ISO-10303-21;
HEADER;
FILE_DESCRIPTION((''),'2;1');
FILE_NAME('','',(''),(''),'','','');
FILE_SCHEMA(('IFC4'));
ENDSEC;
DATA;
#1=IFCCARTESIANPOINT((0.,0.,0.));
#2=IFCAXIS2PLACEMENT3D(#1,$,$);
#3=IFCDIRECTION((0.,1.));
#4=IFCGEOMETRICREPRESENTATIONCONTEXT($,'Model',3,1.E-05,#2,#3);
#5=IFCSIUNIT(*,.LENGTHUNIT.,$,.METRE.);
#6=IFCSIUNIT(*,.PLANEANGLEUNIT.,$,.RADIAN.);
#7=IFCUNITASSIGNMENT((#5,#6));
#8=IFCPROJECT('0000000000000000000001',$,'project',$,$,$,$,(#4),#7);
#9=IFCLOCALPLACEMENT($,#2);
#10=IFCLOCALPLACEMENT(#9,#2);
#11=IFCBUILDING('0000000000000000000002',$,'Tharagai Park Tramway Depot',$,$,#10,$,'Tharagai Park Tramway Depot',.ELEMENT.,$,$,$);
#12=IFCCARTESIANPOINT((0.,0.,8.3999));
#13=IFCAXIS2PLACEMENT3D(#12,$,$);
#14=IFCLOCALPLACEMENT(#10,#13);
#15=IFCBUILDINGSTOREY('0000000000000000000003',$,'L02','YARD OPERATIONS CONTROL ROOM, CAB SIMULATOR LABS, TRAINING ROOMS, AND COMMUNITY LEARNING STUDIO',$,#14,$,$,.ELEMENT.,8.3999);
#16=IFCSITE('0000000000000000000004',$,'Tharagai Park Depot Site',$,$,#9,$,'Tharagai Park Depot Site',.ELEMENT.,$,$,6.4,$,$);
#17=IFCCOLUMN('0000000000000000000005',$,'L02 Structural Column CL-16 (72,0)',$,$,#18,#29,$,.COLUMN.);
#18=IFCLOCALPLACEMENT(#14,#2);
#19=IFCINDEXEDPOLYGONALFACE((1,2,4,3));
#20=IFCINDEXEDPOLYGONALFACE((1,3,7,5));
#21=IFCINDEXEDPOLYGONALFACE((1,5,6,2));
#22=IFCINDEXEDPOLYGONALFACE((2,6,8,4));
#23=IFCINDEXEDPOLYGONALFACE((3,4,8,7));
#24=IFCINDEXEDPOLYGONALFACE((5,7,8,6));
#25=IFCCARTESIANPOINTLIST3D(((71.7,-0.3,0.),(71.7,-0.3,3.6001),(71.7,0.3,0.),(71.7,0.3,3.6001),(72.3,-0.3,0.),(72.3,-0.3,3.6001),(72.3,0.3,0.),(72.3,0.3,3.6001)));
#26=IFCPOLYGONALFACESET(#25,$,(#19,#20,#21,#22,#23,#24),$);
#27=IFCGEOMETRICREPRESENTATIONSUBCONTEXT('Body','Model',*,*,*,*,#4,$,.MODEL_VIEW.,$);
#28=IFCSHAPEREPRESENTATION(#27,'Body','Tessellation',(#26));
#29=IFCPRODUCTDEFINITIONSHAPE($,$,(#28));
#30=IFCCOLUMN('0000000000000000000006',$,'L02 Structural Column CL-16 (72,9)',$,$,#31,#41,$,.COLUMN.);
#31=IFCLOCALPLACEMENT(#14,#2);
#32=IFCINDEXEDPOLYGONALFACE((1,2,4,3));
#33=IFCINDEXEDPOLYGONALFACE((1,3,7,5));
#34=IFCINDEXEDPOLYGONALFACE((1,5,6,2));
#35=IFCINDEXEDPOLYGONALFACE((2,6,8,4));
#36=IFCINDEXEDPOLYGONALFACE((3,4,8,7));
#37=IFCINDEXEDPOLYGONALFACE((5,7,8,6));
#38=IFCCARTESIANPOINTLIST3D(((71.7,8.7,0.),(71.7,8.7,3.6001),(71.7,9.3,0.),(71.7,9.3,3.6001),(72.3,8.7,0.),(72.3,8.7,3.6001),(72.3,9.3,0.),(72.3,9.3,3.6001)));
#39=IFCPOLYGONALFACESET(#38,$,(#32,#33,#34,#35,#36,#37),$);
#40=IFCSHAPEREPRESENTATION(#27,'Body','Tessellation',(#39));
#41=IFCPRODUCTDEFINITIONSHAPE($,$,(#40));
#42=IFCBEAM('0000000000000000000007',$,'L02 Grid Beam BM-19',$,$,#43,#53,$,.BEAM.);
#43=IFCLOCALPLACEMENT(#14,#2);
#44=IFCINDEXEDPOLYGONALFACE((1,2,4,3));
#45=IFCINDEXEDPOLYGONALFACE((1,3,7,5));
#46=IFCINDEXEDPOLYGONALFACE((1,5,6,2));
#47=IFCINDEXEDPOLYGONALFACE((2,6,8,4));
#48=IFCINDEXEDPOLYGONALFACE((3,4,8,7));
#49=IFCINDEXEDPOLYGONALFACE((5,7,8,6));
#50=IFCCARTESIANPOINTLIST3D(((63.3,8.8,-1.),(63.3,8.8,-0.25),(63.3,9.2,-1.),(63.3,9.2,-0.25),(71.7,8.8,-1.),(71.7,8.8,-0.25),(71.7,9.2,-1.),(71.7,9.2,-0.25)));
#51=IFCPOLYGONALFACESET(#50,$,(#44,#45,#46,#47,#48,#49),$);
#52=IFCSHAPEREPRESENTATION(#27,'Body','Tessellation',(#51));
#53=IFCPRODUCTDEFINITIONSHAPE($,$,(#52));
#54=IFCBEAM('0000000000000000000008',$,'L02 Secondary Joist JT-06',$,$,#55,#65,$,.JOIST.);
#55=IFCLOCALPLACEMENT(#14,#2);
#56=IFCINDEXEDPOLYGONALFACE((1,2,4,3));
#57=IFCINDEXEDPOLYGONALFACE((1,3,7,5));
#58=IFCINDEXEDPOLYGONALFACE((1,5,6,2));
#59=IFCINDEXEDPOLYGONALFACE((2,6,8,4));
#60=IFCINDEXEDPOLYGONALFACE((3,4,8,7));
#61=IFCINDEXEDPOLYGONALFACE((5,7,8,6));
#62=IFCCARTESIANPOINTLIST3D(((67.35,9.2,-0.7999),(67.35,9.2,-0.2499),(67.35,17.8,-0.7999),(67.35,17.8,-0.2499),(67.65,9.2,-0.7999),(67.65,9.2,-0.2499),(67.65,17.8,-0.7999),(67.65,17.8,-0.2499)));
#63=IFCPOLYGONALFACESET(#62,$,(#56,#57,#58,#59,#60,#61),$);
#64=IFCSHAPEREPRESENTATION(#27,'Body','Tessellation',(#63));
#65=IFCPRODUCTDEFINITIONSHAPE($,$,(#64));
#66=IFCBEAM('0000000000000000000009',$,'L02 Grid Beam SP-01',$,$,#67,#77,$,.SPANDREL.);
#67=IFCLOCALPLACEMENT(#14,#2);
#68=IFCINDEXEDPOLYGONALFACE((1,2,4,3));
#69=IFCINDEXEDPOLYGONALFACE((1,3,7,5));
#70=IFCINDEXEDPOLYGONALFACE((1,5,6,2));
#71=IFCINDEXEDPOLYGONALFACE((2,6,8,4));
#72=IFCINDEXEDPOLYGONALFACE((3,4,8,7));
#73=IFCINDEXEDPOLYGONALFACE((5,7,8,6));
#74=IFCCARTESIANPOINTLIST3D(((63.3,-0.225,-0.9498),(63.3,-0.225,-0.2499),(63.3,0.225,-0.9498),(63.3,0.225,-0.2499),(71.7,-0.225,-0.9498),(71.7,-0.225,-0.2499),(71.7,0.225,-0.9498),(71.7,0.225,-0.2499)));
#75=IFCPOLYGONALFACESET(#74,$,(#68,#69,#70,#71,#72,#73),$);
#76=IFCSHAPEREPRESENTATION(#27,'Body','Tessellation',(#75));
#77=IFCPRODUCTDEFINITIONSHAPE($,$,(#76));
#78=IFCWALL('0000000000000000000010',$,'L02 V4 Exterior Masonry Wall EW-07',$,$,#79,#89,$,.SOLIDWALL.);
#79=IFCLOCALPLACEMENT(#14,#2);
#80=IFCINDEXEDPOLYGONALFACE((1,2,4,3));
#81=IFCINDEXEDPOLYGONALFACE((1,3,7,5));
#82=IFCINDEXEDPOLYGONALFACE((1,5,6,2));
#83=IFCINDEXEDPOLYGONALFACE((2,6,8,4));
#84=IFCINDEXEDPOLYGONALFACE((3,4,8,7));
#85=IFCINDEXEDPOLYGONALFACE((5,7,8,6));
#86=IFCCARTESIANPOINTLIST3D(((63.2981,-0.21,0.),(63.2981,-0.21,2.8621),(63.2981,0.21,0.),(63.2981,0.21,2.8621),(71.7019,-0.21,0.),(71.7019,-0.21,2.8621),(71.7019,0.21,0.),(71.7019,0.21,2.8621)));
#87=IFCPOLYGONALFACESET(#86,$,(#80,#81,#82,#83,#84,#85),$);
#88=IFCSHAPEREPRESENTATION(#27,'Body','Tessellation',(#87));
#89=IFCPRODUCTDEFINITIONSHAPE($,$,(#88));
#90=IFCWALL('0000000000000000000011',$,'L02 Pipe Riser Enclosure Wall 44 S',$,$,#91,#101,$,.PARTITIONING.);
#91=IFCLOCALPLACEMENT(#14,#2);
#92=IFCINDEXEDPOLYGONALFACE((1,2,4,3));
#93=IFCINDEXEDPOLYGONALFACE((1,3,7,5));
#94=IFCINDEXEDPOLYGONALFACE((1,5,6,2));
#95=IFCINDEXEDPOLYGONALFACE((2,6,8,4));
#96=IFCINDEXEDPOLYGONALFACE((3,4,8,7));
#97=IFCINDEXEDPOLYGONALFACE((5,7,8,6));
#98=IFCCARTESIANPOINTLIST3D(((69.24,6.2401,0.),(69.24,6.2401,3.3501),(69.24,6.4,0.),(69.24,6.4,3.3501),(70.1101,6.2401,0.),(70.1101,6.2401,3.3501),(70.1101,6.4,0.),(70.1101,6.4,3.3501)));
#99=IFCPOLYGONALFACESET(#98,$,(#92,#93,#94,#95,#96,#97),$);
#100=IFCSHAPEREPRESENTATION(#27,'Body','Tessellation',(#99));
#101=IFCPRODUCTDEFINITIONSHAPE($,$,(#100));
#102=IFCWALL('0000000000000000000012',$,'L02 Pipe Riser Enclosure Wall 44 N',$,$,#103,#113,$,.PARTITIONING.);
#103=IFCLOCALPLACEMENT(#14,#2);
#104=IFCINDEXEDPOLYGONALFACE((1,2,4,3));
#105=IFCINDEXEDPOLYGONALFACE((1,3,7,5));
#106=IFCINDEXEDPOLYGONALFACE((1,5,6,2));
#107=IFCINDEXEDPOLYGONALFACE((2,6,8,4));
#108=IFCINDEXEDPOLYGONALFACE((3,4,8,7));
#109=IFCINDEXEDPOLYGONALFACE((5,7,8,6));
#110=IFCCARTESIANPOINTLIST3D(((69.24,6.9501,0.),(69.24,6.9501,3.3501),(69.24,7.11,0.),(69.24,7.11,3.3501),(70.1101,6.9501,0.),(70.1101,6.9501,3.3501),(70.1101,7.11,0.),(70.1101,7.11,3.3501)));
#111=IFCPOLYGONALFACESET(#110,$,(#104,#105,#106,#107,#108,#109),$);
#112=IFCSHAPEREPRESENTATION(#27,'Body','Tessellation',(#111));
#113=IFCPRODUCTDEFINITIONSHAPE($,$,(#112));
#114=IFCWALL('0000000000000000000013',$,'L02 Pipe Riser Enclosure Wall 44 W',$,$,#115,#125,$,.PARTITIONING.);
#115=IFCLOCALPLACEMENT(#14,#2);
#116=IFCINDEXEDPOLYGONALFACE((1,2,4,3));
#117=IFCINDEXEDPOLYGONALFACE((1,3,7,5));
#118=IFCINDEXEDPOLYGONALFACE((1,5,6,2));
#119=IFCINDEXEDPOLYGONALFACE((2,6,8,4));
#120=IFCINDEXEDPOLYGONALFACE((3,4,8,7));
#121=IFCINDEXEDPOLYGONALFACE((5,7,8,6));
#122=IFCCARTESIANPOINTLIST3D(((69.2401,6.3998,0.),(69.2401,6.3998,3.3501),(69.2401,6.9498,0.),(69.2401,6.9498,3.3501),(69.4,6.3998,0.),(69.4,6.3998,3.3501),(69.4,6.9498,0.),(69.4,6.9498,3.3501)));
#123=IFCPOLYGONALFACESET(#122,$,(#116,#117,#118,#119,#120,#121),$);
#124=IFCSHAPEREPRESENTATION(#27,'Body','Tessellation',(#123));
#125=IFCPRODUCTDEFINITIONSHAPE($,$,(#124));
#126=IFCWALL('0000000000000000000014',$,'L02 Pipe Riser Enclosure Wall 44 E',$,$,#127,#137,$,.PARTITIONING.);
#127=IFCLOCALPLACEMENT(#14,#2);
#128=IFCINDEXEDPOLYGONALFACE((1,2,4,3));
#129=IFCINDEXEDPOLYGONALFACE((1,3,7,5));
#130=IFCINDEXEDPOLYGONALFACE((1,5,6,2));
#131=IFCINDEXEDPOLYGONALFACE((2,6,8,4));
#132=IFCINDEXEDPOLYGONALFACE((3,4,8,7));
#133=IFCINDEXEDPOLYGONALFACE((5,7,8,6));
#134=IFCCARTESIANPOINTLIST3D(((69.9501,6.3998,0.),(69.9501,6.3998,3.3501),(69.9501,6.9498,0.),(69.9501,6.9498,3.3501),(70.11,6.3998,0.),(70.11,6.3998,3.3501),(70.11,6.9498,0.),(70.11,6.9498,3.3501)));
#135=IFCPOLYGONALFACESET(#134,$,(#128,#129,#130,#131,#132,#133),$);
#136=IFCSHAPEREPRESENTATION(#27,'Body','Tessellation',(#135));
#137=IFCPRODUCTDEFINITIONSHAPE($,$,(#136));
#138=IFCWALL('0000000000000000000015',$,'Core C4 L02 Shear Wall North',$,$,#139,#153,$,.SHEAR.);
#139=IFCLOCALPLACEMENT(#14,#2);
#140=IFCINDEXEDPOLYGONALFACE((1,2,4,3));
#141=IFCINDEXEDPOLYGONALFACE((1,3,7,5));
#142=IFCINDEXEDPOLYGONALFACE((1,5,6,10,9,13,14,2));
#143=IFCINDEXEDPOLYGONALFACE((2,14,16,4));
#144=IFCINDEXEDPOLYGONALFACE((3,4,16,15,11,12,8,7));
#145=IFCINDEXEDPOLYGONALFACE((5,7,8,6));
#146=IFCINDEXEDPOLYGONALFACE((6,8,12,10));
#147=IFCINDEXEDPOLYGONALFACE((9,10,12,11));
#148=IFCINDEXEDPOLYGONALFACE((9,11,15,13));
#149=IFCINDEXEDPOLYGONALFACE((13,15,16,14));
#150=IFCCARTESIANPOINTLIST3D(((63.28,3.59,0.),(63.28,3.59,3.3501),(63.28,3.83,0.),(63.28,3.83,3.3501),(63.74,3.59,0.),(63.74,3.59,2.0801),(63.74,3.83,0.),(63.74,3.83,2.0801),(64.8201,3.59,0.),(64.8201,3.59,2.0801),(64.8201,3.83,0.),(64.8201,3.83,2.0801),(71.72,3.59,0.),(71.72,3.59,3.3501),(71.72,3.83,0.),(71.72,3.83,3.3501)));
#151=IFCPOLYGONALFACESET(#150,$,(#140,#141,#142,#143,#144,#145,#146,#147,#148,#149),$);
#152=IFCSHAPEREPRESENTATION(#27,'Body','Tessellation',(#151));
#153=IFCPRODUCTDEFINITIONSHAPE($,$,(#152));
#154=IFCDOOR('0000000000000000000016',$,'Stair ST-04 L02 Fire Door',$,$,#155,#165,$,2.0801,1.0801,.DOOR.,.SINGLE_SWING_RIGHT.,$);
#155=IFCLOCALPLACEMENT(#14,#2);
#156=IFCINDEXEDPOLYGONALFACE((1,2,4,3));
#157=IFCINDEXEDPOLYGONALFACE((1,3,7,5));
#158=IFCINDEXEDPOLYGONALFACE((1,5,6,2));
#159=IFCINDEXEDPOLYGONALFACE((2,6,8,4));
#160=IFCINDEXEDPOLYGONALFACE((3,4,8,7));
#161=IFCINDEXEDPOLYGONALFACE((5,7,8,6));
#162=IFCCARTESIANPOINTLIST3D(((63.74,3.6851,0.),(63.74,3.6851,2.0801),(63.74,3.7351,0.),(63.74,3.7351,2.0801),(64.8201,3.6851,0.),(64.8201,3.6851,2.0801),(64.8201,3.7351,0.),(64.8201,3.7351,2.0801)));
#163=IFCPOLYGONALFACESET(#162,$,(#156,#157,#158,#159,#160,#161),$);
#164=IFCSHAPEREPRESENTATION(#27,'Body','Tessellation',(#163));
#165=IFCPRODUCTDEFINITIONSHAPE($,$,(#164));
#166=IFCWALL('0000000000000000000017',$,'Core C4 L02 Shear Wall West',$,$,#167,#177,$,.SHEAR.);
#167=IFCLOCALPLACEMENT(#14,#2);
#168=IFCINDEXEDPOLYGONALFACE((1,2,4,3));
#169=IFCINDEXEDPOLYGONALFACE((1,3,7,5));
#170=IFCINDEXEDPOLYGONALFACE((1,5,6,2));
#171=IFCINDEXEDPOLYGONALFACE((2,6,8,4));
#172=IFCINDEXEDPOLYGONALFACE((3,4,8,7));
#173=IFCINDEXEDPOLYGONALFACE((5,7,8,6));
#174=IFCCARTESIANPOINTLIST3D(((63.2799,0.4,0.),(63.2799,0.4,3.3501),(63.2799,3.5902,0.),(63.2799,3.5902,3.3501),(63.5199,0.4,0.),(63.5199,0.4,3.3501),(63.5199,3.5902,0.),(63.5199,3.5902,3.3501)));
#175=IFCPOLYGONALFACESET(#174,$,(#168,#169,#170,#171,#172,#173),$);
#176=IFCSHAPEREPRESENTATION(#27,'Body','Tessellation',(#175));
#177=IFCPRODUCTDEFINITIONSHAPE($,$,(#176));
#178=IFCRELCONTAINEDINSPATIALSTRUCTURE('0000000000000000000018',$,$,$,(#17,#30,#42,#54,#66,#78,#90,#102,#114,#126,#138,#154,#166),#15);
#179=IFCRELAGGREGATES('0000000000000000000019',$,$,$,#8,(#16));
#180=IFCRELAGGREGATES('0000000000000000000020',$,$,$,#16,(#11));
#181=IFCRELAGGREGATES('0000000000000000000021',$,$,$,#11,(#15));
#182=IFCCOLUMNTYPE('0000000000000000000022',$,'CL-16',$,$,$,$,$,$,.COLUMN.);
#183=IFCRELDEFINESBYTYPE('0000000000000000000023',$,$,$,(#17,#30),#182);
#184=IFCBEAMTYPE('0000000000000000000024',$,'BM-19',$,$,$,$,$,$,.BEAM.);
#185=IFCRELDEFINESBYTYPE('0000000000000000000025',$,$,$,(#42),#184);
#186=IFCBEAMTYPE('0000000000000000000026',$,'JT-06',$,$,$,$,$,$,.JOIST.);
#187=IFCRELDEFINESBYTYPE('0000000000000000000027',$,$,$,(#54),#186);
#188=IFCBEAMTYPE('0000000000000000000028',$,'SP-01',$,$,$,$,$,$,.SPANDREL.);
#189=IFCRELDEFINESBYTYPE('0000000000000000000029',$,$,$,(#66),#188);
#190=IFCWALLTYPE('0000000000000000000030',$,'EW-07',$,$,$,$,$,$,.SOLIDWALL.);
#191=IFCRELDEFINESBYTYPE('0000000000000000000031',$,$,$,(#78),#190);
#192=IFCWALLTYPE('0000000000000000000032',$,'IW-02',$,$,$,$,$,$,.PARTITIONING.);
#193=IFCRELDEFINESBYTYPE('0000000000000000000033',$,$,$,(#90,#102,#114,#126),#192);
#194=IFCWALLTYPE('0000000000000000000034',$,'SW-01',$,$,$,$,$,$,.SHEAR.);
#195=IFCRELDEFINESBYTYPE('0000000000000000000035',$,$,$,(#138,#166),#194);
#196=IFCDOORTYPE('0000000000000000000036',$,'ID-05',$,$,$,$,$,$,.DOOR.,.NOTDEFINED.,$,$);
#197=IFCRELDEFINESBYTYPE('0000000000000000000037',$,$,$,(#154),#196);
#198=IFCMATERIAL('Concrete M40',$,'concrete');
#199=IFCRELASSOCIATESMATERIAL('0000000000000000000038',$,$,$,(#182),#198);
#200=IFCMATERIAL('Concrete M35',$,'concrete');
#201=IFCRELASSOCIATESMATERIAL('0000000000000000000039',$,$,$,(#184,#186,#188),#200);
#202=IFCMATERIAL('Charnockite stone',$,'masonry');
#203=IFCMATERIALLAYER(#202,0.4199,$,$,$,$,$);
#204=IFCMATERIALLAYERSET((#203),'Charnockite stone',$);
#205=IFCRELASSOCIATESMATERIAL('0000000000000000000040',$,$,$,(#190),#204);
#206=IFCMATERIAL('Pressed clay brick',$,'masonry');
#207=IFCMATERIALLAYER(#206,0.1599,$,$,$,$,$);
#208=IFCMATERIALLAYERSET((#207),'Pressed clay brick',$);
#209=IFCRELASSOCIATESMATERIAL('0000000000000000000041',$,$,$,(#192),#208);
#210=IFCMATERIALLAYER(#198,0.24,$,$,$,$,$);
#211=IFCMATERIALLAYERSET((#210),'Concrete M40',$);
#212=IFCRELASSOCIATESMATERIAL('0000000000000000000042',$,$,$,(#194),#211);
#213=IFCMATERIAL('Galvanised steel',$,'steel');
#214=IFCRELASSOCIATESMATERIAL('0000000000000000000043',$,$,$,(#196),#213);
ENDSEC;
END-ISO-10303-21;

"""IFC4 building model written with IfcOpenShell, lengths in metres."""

from ifc_helpers import new_model, si_unit, direction, frame, frame_2d, origin, origin_2d, place, context, subcontext, project, spatial, rectangle, extrude, material, layer, layer_set, material_profile, profile_set, type_object, element, fill, save


model = new_model("IFC4")

# Units and contexts
model_context = context("Model", 3, precision=1e-05, world=origin(), true_north=direction((0.0, 1.0)))
body_context = subcontext(model_context, "Body", "Model", "MODEL_VIEW")
ifc_project = project(units=[si_unit("LENGTHUNIT", "METRE"), si_unit("PLANEANGLEUNIT", "RADIAN")], contexts=[model_context])

# Site, building, storey
site_placement = place(None, origin())
site = spatial("IfcSite", under=ifc_project, at=site_placement, Name="Tharagai Park Depot Site", LongName="Tharagai Park Depot Site", CompositionType="ELEMENT", RefElevation=6.4)
building_placement = place(site_placement, origin())
building = spatial("IfcBuilding", under=site, at=building_placement, Name="Tharagai Park Tramway Depot", LongName="Tharagai Park Tramway Depot", CompositionType="ELEMENT")
storey_placement = place(building_placement, frame((0.0, 0.0, 8.3999)))
storey = spatial("IfcBuildingStorey", under=building, at=storey_placement, Name="L02", Description="YARD OPERATIONS CONTROL ROOM, CAB SIMULATOR LABS, TRAINING ROOMS, AND COMMUNITY LEARNING STUDIO", CompositionType="ELEMENT", Elevation=8.3999)

# Columns
ifc_material_1 = material(Name="Concrete M40", Category="concrete")
ifc_material_profile_1 = material_profile(ifc_material_1, rectangle(XDim=0.6001, YDim=0.6001, at=origin_2d()), Name="RC 600x600")
ifc_profile_set_1 = profile_set([ifc_material_profile_1], Name="Concrete M40")
column_type = type_object("IfcColumnType", Name="CL-16", PredefinedType="COLUMN", material=ifc_profile_set_1)
for number, where, z_axis, x_axis, name in (
    (1, (72.0, 0.0, 0.0), (0.0, 0.0, 1.0), (1.0, 0.0, 0.0), "L02 Structural Column CL-16 (72,0)"),
    (2, (72.0, 9.0, 0.0), (0.0, 0.0, 1.0), (1.0, 0.0, 0.0), "L02 Structural Column CL-16 (72,9)"),
):
    element("IfcColumn", number, at=place(storey_placement, frame(where, z_axis=z_axis, x_axis=x_axis)), inside=storey, type_object=column_type, Name=name, PredefinedType="COLUMN", context=body_context, shape_type="SweptSolid", body=[
        extrude(rectangle(XDim=0.6001, YDim=0.6001, at=origin_2d()), origin(), (0.0, 0.0, 1.0), 3.6001),
    ])

# Beams
ifc_material_2 = material(Name="Concrete M35", Category="concrete")
ifc_material_profile_2 = material_profile(ifc_material_2, rectangle(XDim=0.3999, YDim=0.75, at=origin_2d()), Name="RC 400x750")
ifc_profile_set_2 = profile_set([ifc_material_profile_2], Name="Concrete M35")
beam_type_1 = type_object("IfcBeamType", Name="BM-19", PredefinedType="BEAM", material=ifc_profile_set_2)
beam_1_placement = place(storey_placement, frame((63.3, 9.0, -0.625), z_axis=(1.0, 0.0, 0.0), x_axis=(0.0, 1.0, 0.0)))
element("IfcBeam", 3, at=beam_1_placement, inside=storey, type_object=beam_type_1, Name="L02 Grid Beam BM-19", PredefinedType="BEAM", context=body_context, shape_type="SweptSolid", body=[
    extrude(rectangle(XDim=0.3999, YDim=0.75, at=origin_2d()), origin(), (0.0, 0.0, 1.0), 8.3999),
])
ifc_material_profile_3 = material_profile(ifc_material_2, rectangle(XDim=0.3, YDim=0.55, at=origin_2d()), Name="RC 300x550")
ifc_profile_set_3 = profile_set([ifc_material_profile_3], Name="Concrete M35")
beam_type_2 = type_object("IfcBeamType", Name="JT-06", PredefinedType="JOIST", material=ifc_profile_set_3)
beam_2_placement = place(storey_placement, frame((67.5, 9.2, -0.5249), z_axis=(0.0, 1.0, 0.0), x_axis=(-1.0, 0.0, 0.0)))
element("IfcBeam", 4, at=beam_2_placement, inside=storey, type_object=beam_type_2, Name="L02 Secondary Joist JT-06", PredefinedType="JOIST", context=body_context, shape_type="SweptSolid", body=[
    extrude(rectangle(XDim=0.3, YDim=0.55, at=origin_2d()), origin(), (0.0, 0.0, 1.0), 8.6001),
])
ifc_material_profile_4 = material_profile(ifc_material_2, rectangle(XDim=0.45, YDim=0.7, at=origin_2d()), Name="RC 450x700")
ifc_profile_set_4 = profile_set([ifc_material_profile_4], Name="Concrete M35")
beam_type_3 = type_object("IfcBeamType", Name="SP-01", PredefinedType="SPANDREL", material=ifc_profile_set_4)
beam_3_placement = place(storey_placement, frame((63.3, 0.0, -0.5999), z_axis=(1.0, 0.0, 0.0), x_axis=(0.0, 1.0, 0.0)))
element("IfcBeam", 5, at=beam_3_placement, inside=storey, type_object=beam_type_3, Name="L02 Grid Beam SP-01", PredefinedType="SPANDREL", context=body_context, shape_type="SweptSolid", body=[
    extrude(rectangle(XDim=0.45, YDim=0.7, at=origin_2d()), origin(), (0.0, 0.0, 1.0), 8.3999),
])

# Walls
ifc_material_3 = material(Name="Charnockite stone", Category="masonry")
ifc_layer_1 = layer(ifc_material_3, 0.4199)
ifc_layer_set_1 = layer_set([ifc_layer_1], Name="Charnockite stone")
wall_type_1 = type_object("IfcWallType", Name="EW-07", PredefinedType="SOLIDWALL", material=ifc_layer_set_1)
wall_1_placement = place(storey_placement, frame((63.2981, 0.0, 0.0), z_axis=(0.0, 0.0, 1.0), x_axis=(1.0, 0.0, 0.0)))
element("IfcWall", 6, at=wall_1_placement, inside=storey, type_object=wall_type_1, Name="L02 V4 Exterior Masonry Wall EW-07", PredefinedType="SOLIDWALL", context=body_context, shape_type="SweptSolid", body=[
    extrude(rectangle(XDim=8.4038, YDim=0.4199, at=frame_2d((4.2019, 0.0))), origin(), (0.0, 0.0, 1.0), 2.8621),
])
ifc_material_4 = material(Name="Pressed clay brick", Category="masonry")
ifc_layer_2 = layer(ifc_material_4, 0.1599)
ifc_layer_set_2 = layer_set([ifc_layer_2], Name="Pressed clay brick")
wall_type_2 = type_object("IfcWallType", Name="IW-02", PredefinedType="PARTITIONING", material=ifc_layer_set_2)
for number, where, z_axis, x_axis, name in (
    (7, (69.24, 6.3201, 0.0), (0.0, 0.0, 1.0), (1.0, 0.0, 0.0), "L02 Pipe Riser Enclosure Wall 44 S"),
    (8, (69.24, 7.03, 0.0), (0.0, 0.0, 1.0), (1.0, 0.0, 0.0), "L02 Pipe Riser Enclosure Wall 44 N"),
):
    element("IfcWall", number, at=place(storey_placement, frame(where, z_axis=z_axis, x_axis=x_axis)), inside=storey, type_object=wall_type_2, Name=name, PredefinedType="PARTITIONING", context=body_context, shape_type="SweptSolid", body=[
        extrude(rectangle(XDim=0.8701, YDim=0.1599, at=frame_2d((0.4351, 0.0))), origin(), (0.0, 0.0, 1.0), 3.3501),
    ])
for number, where, z_axis, x_axis, name in (
    (9, (69.3201, 6.3999, 0.0), (0.0, 0.0, 1.0), (0.0, 1.0, 0.0), "L02 Pipe Riser Enclosure Wall 44 W"),
    (10, (70.03, 6.3999, 0.0), (0.0, 0.0, 1.0), (0.0, 1.0, 0.0), "L02 Pipe Riser Enclosure Wall 44 E"),
):
    element("IfcWall", number, at=place(storey_placement, frame(where, z_axis=z_axis, x_axis=x_axis)), inside=storey, type_object=wall_type_2, Name=name, PredefinedType="PARTITIONING", context=body_context, shape_type="SweptSolid", body=[
        extrude(rectangle(XDim=0.55, YDim=0.1599, at=frame_2d((0.2749, 0.0))), origin(), (0.0, 0.0, 1.0), 3.3501),
    ])

# Wall, opening, door
ifc_layer_3 = layer(ifc_material_1, 0.24)
ifc_layer_set_3 = layer_set([ifc_layer_3], Name="Concrete M40")
wall_type_3 = type_object("IfcWallType", Name="SW-01", PredefinedType="SHEAR", material=ifc_layer_set_3)
wall_2_placement = place(storey_placement, frame((63.28, 3.71, 0.0), z_axis=(0.0, 0.0, 1.0), x_axis=(1.0, 0.0, 0.0)))
wall_2 = element("IfcWall", 11, at=wall_2_placement, inside=storey, type_object=wall_type_3, Name="Core C4 L02 Shear Wall North", PredefinedType="SHEAR", context=body_context, shape_type="SweptSolid", body=[
    extrude(rectangle(XDim=8.4399, YDim=0.24, at=frame_2d((4.22, 0.0))), origin(), (0.0, 0.0, 1.0), 3.3501),
])
opening_1_placement = place(wall_2_placement, frame((0.46, 0.0, 0.0)))
opening_1 = element("IfcOpeningElement", 12, at=opening_1_placement, cuts=wall_2, PredefinedType="OPENING", context=body_context, shape_type="SweptSolid", body=[
    extrude(rectangle(XDim=1.0801, YDim=2.0801, at=frame_2d((0.54, 1.04))), frame((0.0, 0.1299, 0.0), z_axis=(0.0, -1.0, 0.0), x_axis=(1.0, 0.0, 0.0)), (0.0, 0.0, 1.0), 0.26),
])
ifc_material_5 = material(Name="Galvanised steel", Category="steel")
door_type_1 = type_object("IfcDoorType", Name="ID-05", OperationType="NOTDEFINED", PredefinedType="DOOR", material=ifc_material_5)
door_1_placement = place(opening_1_placement, frame((1.0801, 0.0, 0.0), z_axis=(0.0, 0.0, 1.0), x_axis=(-1.0, 0.0, 0.0)))
door_1 = element("IfcDoor", 13, at=door_1_placement, inside=storey, type_object=door_type_1, Name="Stair ST-04 L02 Fire Door", OperationType="SINGLE_SWING_RIGHT", OverallHeight=2.0801, OverallWidth=1.0801, PredefinedType="DOOR", context=body_context, shape_type="SweptSolid", body=[
    extrude(rectangle(XDim=1.0801, YDim=2.0801, at=frame_2d((0.54, 1.04))), frame((0.0, 0.0249, 0.0), z_axis=(0.0, -1.0, 0.0), x_axis=(1.0, 0.0, 0.0)), (0.0, 0.0, 1.0), 0.05),
])
fill(opening_1, door_1)

# Wall
for number, where, z_axis, x_axis, name in (
    (14, (63.3999, 0.3999, 0.0), (0.0, 0.0, 1.0), (0.0, 1.0, 0.0), "Core C4 L02 Shear Wall West"),
):
    element("IfcWall", number, at=place(storey_placement, frame(where, z_axis=z_axis, x_axis=x_axis)), inside=storey, type_object=wall_type_3, Name=name, PredefinedType="SHEAR", context=body_context, shape_type="SweptSolid", body=[
        extrude(rectangle(XDim=3.1902, YDim=0.24, at=frame_2d((1.5952, 0.0))), origin(), (0.0, 0.0, 1.0), 3.3501),
    ])

save(model, "model.ifc")
